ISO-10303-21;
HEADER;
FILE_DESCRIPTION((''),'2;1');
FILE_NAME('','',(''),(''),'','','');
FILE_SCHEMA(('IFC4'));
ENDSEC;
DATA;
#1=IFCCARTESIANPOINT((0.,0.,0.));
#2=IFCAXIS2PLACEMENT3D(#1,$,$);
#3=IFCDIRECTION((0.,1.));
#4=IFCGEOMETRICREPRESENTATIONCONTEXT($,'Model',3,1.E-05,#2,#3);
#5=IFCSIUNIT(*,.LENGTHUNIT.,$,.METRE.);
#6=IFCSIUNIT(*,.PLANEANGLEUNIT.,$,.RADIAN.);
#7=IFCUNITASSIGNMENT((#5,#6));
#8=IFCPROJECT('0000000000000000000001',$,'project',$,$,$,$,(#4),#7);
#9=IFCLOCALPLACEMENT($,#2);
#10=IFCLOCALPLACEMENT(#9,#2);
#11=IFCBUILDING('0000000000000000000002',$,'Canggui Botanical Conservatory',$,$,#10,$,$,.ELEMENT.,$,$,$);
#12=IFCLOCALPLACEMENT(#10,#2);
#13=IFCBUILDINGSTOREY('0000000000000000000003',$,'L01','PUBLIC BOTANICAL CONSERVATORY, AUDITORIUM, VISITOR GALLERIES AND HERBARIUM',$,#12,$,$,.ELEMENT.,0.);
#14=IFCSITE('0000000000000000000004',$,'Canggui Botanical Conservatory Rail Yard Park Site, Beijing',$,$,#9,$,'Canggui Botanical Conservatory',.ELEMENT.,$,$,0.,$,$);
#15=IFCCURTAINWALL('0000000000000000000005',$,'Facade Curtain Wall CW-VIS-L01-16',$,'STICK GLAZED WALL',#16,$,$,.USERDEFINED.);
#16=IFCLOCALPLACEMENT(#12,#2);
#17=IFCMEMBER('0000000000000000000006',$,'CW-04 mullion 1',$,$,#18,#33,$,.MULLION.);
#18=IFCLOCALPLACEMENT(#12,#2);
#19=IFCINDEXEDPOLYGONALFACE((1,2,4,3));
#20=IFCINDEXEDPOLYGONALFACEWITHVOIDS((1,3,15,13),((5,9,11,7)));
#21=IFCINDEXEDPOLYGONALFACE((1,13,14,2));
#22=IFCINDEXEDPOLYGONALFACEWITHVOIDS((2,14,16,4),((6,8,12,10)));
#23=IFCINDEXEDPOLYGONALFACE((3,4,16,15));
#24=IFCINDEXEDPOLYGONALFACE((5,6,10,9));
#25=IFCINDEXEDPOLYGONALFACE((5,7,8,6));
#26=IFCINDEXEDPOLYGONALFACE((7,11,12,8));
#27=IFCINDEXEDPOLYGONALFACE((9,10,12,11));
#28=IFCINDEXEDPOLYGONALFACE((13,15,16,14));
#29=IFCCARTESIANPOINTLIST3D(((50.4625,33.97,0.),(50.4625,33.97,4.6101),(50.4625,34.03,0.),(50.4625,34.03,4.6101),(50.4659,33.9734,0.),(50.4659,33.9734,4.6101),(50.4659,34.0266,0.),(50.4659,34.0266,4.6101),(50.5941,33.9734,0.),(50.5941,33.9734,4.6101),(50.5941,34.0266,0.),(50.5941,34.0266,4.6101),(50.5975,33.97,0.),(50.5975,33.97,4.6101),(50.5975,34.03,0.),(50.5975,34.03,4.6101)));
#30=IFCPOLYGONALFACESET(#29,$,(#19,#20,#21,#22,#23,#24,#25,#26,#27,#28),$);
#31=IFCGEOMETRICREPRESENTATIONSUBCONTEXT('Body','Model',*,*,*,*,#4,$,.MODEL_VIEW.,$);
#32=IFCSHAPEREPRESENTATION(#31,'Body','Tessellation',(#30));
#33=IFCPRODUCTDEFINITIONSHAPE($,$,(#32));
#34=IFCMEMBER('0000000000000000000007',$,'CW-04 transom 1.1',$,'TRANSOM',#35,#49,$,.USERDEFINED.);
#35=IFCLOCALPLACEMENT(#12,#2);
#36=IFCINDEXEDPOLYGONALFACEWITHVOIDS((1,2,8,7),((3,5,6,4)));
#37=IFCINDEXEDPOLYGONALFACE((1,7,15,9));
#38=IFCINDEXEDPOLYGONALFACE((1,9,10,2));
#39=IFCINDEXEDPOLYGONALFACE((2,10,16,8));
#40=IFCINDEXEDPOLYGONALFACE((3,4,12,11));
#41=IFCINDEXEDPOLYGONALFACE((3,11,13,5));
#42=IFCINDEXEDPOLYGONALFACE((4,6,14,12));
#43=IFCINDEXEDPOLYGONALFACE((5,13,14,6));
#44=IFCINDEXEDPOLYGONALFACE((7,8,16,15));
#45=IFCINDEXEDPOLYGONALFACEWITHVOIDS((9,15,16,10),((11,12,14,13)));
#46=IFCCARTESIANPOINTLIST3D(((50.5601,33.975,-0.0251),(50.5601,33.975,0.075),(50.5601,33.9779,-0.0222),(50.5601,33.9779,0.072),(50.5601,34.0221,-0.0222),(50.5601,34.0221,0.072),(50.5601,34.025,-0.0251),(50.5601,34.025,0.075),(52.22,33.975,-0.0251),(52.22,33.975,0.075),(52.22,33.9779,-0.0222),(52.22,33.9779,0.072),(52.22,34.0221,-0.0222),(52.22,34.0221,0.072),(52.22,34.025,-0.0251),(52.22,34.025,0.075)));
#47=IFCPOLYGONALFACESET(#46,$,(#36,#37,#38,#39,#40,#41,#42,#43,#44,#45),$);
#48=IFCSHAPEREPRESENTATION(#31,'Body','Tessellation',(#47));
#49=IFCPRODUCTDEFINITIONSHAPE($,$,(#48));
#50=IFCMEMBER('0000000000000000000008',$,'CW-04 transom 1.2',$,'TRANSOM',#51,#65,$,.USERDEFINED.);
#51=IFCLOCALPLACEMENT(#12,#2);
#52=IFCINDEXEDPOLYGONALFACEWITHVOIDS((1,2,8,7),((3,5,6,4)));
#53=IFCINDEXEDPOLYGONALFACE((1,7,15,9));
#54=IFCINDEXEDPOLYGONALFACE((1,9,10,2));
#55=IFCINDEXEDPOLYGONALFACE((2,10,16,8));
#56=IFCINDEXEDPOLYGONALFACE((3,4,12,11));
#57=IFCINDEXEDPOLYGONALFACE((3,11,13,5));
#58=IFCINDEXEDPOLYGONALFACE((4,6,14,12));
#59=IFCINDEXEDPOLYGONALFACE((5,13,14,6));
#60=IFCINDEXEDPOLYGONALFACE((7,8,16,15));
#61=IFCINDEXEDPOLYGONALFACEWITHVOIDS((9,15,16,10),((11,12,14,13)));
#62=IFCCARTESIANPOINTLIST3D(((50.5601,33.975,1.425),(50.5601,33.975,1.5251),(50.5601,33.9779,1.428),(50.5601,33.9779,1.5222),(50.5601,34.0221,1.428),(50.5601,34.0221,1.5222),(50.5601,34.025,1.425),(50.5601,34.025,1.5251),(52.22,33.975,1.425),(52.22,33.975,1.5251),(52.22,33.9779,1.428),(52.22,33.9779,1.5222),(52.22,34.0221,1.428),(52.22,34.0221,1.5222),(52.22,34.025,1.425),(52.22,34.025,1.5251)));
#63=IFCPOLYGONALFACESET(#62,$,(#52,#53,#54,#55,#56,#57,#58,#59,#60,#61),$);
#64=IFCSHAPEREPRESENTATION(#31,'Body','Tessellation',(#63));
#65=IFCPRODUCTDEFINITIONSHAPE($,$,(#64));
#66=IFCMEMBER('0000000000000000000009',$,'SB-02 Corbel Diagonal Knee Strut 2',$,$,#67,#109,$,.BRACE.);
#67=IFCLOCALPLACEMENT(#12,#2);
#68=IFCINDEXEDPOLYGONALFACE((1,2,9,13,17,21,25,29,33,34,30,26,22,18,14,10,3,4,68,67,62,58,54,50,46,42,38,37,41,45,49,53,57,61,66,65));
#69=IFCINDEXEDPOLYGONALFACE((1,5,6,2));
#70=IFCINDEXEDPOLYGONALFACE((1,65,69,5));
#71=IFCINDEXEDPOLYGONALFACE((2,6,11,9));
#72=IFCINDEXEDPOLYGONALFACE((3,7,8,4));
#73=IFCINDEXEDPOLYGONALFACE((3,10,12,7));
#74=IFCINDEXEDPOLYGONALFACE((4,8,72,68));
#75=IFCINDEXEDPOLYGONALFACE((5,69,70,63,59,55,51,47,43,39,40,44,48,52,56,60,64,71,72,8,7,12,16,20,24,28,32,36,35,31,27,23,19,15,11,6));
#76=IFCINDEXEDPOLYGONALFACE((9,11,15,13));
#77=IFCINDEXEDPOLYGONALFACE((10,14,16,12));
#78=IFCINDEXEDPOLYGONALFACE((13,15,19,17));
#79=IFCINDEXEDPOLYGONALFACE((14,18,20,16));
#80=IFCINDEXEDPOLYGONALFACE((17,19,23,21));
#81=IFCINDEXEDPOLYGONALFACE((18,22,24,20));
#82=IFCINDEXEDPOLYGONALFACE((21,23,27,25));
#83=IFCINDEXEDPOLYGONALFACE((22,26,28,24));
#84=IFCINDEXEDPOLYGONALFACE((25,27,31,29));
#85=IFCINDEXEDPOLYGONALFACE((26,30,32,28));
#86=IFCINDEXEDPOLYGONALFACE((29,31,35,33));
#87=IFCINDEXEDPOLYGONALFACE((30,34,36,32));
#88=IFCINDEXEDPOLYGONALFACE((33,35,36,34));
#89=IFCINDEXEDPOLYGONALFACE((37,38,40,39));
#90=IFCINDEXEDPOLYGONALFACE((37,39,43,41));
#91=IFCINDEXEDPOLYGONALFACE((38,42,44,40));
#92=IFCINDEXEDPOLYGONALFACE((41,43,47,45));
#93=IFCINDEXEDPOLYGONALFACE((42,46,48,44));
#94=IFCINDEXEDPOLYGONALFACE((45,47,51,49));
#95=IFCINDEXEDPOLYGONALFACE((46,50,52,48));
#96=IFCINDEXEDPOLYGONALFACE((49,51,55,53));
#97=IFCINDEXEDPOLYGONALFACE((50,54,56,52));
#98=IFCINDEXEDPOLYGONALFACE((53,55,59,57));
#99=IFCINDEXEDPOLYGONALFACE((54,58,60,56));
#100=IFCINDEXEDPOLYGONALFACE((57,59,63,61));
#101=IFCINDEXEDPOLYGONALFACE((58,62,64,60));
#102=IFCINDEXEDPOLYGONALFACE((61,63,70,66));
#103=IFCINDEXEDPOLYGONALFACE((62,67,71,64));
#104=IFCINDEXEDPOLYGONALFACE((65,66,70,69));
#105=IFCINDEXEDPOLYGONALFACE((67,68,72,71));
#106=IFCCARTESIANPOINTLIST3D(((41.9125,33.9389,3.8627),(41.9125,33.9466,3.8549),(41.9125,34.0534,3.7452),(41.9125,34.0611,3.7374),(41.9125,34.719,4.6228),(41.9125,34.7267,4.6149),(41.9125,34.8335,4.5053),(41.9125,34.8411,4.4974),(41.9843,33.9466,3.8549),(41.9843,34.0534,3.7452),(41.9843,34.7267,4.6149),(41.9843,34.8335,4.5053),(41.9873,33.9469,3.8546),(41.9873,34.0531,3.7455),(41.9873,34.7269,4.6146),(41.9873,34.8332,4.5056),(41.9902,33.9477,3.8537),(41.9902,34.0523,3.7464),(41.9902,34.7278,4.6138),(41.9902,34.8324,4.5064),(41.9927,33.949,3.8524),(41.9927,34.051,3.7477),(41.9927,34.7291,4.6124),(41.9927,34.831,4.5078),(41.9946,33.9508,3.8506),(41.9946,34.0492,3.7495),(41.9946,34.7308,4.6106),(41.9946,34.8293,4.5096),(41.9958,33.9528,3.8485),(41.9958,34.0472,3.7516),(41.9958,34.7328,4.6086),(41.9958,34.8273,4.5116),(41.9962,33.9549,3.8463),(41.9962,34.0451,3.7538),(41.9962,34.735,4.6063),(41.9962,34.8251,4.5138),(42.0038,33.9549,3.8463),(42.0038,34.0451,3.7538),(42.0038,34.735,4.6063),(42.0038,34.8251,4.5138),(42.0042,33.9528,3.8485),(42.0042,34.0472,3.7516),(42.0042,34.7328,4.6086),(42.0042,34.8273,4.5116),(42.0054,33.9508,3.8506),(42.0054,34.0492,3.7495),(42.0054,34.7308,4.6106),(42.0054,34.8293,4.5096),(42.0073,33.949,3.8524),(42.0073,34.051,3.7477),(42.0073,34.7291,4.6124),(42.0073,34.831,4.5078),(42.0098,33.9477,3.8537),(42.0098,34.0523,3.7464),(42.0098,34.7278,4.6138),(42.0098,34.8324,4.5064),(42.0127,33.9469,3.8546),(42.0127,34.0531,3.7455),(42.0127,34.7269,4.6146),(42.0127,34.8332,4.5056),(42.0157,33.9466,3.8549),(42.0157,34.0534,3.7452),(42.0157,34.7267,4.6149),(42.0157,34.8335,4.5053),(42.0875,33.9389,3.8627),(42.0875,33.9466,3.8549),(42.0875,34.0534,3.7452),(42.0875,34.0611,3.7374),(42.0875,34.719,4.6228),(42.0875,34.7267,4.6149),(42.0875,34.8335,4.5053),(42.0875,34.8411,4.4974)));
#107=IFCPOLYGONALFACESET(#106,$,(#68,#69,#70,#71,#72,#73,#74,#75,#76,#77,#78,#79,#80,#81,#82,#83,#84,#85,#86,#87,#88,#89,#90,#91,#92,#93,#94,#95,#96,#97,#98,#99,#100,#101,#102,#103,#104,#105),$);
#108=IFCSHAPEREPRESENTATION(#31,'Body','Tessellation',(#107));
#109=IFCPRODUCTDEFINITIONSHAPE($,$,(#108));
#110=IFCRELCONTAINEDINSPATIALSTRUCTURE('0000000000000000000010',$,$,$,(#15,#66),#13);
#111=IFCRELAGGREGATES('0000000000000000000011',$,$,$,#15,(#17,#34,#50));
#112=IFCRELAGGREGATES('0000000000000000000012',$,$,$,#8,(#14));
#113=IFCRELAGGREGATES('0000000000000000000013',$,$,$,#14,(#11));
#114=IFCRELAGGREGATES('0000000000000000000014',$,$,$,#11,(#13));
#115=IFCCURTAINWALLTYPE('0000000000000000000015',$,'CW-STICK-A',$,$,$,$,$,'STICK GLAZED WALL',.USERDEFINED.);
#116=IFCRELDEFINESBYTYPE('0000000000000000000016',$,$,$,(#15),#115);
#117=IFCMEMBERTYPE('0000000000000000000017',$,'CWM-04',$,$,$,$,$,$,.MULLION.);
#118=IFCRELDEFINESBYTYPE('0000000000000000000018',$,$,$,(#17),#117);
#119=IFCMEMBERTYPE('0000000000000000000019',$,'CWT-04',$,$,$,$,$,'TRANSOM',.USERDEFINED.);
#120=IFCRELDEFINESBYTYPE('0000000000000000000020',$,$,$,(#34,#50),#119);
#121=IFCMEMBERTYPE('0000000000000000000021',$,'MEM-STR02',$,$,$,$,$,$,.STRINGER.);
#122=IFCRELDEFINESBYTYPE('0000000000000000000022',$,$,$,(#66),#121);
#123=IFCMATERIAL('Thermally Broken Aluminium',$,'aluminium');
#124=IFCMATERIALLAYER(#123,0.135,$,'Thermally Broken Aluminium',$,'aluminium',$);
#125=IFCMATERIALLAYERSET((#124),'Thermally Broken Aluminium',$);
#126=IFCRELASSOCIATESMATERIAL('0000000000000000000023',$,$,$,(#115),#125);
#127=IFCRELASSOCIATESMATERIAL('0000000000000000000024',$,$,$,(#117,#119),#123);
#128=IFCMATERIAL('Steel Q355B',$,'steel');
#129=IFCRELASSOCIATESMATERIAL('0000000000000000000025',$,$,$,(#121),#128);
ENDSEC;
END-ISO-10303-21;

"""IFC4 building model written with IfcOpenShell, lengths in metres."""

from ifc_helpers import new_model, si_unit, direction, frame, origin, origin_2d, place, context, subcontext, project, spatial, hollow_rectangle, i_section, extrude, material, layer, layer_set, material_profile, profile_set, type_object, element, aggregate, save


model = new_model("IFC4")

# Units and contexts
model_context = context("Model", 3, precision=1e-05, world=origin(), true_north=direction((0.0, 1.0)))
body_context = subcontext(model_context, "Body", "Model", "MODEL_VIEW")
ifc_project = project(units=[si_unit("LENGTHUNIT", "METRE"), si_unit("PLANEANGLEUNIT", "RADIAN")], contexts=[model_context])

# Site, building, storey
site_placement = place(None, origin())
site = spatial("IfcSite", under=ifc_project, at=site_placement, Name="Canggui Botanical Conservatory Rail Yard Park Site, Beijing", LongName="Canggui Botanical Conservatory", CompositionType="ELEMENT", RefElevation=0.0)
building_placement = place(site_placement, origin())
building = spatial("IfcBuilding", under=site, at=building_placement, Name="Canggui Botanical Conservatory", CompositionType="ELEMENT")
storey_placement = place(building_placement, origin())
storey = spatial("IfcBuildingStorey", under=building, at=storey_placement, Name="L01", Description="PUBLIC BOTANICAL CONSERVATORY, AUDITORIUM, VISITOR GALLERIES AND HERBARIUM", CompositionType="ELEMENT", Elevation=0.0)

# Shared definitions
ifc_material_1 = material(Name="Steel Q355B", Category="steel")

# Shared definitions
ifc_material_2 = material(Name="Thermally Broken Aluminium", Category="aluminium")
ifc_layer_1 = layer(ifc_material_2, 0.135, Name="Thermally Broken Aluminium", Category="aluminium")
ifc_layer_set_1 = layer_set([ifc_layer_1], Name="Thermally Broken Aluminium")
curtain_wall_type = type_object("IfcCurtainWallType", Name="CW-STICK-A", ElementType="STICK GLAZED WALL", PredefinedType="USERDEFINED", material=ifc_layer_set_1)
ifc_material_profile_1 = material_profile(ifc_material_2, hollow_rectangle(XDim=0.0601, YDim=0.135, WallThickness=0.0034, at=origin_2d()), Name="CWM 60x135x3.5")
ifc_profile_set_1 = profile_set([ifc_material_profile_1], Name="Thermally Broken Aluminium")
member_type_1 = type_object("IfcMemberType", Name="CWM-04", PredefinedType="MULLION", material=ifc_profile_set_1)

# Curtain wall, members
curtain_wall_1_placement = place(storey_placement, origin())
curtain_wall_1 = element("IfcCurtainWall", 1, at=curtain_wall_1_placement, inside=storey, type_object=curtain_wall_type, Name="Facade Curtain Wall CW-VIS-L01-16", ObjectType="STICK GLAZED WALL", PredefinedType="USERDEFINED")
member_1_placement = place(storey_placement, frame((50.53, 34.0, 0.0), z_axis=(0.0, 0.0, 1.0), x_axis=(0.0, 1.0, 0.0)))
member_1 = element("IfcMember", 2, at=member_1_placement, type_object=member_type_1, Name="CW-04 mullion 1", PredefinedType="MULLION", context=body_context, shape_type="SweptSolid", body=[
    extrude(hollow_rectangle(XDim=0.0601, YDim=0.135, WallThickness=0.0034, at=origin_2d()), origin(), (0.0, 0.0, 1.0), 4.6101),
])
ifc_material_profile_2 = material_profile(ifc_material_2, hollow_rectangle(XDim=0.05, YDim=0.1001, WallThickness=0.0029, at=origin_2d()), Name="CWT 50x100x3")
ifc_profile_set_2 = profile_set([ifc_material_profile_2], Name="Thermally Broken Aluminium")
member_type_2 = type_object("IfcMemberType", Name="CWT-04", ElementType="TRANSOM", PredefinedType="USERDEFINED", material=ifc_profile_set_2)
member_2_placement = place(storey_placement, frame((50.5601, 34.0, 0.0249), z_axis=(1.0, 0.0, 0.0), x_axis=(0.0, 1.0, 0.0)))
member_2 = element("IfcMember", 3, at=member_2_placement, type_object=member_type_2, Name="CW-04 transom 1.1", ObjectType="TRANSOM", PredefinedType="USERDEFINED", context=body_context, shape_type="SweptSolid", body=[
    extrude(hollow_rectangle(XDim=0.05, YDim=0.1001, WallThickness=0.0029, at=origin_2d()), origin(), (0.0, 0.0, 1.0), 1.6599),
])
member_3_placement = place(storey_placement, frame((50.5601, 34.0, 1.4751), z_axis=(1.0, 0.0, 0.0), x_axis=(0.0, 1.0, 0.0)))
member_3 = element("IfcMember", 4, at=member_3_placement, type_object=member_type_2, Name="CW-04 transom 1.2", ObjectType="TRANSOM", PredefinedType="USERDEFINED", context=body_context, shape_type="SweptSolid", body=[
    extrude(hollow_rectangle(XDim=0.05, YDim=0.1001, WallThickness=0.0029, at=origin_2d()), origin(), (0.0, 0.0, 1.0), 1.6599),
])
aggregate(curtain_wall_1, [member_1, member_2, member_3])

# Member
ifc_material_profile_3 = material_profile(ifc_material_1, i_section(OverallWidth=0.175, OverallDepth=0.175, WebThickness=0.0076, FlangeThickness=0.011, FilletRadius=0.012, at=origin_2d()), Name="HW 175x175x7.5x11")
ifc_profile_set_3 = profile_set([ifc_material_profile_3], Name="Steel Q355B")
member_type_3 = type_object("IfcMemberType", Name="MEM-STR02", PredefinedType="STRINGER", material=ifc_profile_set_3)
member_4_placement = place(storey_placement, frame((42.0, 34.0, 3.8), z_axis=(0.0, 0.716238, 0.697856), x_axis=(-1.0, 0.0, 0.0)))
element("IfcMember", 5, at=member_4_placement, inside=storey, type_object=member_type_3, Name="SB-02 Corbel Diagonal Knee Strut 2", PredefinedType="BRACE", context=body_context, shape_type="SweptSolid", body=[
    extrude(i_section(OverallWidth=0.175, OverallDepth=0.175, WebThickness=0.0076, FlangeThickness=0.011, FilletRadius=0.012, at=origin_2d()), origin(), (0.0, 0.0, 1.0), 1.0891),
])

save(model, "model.ifc")
